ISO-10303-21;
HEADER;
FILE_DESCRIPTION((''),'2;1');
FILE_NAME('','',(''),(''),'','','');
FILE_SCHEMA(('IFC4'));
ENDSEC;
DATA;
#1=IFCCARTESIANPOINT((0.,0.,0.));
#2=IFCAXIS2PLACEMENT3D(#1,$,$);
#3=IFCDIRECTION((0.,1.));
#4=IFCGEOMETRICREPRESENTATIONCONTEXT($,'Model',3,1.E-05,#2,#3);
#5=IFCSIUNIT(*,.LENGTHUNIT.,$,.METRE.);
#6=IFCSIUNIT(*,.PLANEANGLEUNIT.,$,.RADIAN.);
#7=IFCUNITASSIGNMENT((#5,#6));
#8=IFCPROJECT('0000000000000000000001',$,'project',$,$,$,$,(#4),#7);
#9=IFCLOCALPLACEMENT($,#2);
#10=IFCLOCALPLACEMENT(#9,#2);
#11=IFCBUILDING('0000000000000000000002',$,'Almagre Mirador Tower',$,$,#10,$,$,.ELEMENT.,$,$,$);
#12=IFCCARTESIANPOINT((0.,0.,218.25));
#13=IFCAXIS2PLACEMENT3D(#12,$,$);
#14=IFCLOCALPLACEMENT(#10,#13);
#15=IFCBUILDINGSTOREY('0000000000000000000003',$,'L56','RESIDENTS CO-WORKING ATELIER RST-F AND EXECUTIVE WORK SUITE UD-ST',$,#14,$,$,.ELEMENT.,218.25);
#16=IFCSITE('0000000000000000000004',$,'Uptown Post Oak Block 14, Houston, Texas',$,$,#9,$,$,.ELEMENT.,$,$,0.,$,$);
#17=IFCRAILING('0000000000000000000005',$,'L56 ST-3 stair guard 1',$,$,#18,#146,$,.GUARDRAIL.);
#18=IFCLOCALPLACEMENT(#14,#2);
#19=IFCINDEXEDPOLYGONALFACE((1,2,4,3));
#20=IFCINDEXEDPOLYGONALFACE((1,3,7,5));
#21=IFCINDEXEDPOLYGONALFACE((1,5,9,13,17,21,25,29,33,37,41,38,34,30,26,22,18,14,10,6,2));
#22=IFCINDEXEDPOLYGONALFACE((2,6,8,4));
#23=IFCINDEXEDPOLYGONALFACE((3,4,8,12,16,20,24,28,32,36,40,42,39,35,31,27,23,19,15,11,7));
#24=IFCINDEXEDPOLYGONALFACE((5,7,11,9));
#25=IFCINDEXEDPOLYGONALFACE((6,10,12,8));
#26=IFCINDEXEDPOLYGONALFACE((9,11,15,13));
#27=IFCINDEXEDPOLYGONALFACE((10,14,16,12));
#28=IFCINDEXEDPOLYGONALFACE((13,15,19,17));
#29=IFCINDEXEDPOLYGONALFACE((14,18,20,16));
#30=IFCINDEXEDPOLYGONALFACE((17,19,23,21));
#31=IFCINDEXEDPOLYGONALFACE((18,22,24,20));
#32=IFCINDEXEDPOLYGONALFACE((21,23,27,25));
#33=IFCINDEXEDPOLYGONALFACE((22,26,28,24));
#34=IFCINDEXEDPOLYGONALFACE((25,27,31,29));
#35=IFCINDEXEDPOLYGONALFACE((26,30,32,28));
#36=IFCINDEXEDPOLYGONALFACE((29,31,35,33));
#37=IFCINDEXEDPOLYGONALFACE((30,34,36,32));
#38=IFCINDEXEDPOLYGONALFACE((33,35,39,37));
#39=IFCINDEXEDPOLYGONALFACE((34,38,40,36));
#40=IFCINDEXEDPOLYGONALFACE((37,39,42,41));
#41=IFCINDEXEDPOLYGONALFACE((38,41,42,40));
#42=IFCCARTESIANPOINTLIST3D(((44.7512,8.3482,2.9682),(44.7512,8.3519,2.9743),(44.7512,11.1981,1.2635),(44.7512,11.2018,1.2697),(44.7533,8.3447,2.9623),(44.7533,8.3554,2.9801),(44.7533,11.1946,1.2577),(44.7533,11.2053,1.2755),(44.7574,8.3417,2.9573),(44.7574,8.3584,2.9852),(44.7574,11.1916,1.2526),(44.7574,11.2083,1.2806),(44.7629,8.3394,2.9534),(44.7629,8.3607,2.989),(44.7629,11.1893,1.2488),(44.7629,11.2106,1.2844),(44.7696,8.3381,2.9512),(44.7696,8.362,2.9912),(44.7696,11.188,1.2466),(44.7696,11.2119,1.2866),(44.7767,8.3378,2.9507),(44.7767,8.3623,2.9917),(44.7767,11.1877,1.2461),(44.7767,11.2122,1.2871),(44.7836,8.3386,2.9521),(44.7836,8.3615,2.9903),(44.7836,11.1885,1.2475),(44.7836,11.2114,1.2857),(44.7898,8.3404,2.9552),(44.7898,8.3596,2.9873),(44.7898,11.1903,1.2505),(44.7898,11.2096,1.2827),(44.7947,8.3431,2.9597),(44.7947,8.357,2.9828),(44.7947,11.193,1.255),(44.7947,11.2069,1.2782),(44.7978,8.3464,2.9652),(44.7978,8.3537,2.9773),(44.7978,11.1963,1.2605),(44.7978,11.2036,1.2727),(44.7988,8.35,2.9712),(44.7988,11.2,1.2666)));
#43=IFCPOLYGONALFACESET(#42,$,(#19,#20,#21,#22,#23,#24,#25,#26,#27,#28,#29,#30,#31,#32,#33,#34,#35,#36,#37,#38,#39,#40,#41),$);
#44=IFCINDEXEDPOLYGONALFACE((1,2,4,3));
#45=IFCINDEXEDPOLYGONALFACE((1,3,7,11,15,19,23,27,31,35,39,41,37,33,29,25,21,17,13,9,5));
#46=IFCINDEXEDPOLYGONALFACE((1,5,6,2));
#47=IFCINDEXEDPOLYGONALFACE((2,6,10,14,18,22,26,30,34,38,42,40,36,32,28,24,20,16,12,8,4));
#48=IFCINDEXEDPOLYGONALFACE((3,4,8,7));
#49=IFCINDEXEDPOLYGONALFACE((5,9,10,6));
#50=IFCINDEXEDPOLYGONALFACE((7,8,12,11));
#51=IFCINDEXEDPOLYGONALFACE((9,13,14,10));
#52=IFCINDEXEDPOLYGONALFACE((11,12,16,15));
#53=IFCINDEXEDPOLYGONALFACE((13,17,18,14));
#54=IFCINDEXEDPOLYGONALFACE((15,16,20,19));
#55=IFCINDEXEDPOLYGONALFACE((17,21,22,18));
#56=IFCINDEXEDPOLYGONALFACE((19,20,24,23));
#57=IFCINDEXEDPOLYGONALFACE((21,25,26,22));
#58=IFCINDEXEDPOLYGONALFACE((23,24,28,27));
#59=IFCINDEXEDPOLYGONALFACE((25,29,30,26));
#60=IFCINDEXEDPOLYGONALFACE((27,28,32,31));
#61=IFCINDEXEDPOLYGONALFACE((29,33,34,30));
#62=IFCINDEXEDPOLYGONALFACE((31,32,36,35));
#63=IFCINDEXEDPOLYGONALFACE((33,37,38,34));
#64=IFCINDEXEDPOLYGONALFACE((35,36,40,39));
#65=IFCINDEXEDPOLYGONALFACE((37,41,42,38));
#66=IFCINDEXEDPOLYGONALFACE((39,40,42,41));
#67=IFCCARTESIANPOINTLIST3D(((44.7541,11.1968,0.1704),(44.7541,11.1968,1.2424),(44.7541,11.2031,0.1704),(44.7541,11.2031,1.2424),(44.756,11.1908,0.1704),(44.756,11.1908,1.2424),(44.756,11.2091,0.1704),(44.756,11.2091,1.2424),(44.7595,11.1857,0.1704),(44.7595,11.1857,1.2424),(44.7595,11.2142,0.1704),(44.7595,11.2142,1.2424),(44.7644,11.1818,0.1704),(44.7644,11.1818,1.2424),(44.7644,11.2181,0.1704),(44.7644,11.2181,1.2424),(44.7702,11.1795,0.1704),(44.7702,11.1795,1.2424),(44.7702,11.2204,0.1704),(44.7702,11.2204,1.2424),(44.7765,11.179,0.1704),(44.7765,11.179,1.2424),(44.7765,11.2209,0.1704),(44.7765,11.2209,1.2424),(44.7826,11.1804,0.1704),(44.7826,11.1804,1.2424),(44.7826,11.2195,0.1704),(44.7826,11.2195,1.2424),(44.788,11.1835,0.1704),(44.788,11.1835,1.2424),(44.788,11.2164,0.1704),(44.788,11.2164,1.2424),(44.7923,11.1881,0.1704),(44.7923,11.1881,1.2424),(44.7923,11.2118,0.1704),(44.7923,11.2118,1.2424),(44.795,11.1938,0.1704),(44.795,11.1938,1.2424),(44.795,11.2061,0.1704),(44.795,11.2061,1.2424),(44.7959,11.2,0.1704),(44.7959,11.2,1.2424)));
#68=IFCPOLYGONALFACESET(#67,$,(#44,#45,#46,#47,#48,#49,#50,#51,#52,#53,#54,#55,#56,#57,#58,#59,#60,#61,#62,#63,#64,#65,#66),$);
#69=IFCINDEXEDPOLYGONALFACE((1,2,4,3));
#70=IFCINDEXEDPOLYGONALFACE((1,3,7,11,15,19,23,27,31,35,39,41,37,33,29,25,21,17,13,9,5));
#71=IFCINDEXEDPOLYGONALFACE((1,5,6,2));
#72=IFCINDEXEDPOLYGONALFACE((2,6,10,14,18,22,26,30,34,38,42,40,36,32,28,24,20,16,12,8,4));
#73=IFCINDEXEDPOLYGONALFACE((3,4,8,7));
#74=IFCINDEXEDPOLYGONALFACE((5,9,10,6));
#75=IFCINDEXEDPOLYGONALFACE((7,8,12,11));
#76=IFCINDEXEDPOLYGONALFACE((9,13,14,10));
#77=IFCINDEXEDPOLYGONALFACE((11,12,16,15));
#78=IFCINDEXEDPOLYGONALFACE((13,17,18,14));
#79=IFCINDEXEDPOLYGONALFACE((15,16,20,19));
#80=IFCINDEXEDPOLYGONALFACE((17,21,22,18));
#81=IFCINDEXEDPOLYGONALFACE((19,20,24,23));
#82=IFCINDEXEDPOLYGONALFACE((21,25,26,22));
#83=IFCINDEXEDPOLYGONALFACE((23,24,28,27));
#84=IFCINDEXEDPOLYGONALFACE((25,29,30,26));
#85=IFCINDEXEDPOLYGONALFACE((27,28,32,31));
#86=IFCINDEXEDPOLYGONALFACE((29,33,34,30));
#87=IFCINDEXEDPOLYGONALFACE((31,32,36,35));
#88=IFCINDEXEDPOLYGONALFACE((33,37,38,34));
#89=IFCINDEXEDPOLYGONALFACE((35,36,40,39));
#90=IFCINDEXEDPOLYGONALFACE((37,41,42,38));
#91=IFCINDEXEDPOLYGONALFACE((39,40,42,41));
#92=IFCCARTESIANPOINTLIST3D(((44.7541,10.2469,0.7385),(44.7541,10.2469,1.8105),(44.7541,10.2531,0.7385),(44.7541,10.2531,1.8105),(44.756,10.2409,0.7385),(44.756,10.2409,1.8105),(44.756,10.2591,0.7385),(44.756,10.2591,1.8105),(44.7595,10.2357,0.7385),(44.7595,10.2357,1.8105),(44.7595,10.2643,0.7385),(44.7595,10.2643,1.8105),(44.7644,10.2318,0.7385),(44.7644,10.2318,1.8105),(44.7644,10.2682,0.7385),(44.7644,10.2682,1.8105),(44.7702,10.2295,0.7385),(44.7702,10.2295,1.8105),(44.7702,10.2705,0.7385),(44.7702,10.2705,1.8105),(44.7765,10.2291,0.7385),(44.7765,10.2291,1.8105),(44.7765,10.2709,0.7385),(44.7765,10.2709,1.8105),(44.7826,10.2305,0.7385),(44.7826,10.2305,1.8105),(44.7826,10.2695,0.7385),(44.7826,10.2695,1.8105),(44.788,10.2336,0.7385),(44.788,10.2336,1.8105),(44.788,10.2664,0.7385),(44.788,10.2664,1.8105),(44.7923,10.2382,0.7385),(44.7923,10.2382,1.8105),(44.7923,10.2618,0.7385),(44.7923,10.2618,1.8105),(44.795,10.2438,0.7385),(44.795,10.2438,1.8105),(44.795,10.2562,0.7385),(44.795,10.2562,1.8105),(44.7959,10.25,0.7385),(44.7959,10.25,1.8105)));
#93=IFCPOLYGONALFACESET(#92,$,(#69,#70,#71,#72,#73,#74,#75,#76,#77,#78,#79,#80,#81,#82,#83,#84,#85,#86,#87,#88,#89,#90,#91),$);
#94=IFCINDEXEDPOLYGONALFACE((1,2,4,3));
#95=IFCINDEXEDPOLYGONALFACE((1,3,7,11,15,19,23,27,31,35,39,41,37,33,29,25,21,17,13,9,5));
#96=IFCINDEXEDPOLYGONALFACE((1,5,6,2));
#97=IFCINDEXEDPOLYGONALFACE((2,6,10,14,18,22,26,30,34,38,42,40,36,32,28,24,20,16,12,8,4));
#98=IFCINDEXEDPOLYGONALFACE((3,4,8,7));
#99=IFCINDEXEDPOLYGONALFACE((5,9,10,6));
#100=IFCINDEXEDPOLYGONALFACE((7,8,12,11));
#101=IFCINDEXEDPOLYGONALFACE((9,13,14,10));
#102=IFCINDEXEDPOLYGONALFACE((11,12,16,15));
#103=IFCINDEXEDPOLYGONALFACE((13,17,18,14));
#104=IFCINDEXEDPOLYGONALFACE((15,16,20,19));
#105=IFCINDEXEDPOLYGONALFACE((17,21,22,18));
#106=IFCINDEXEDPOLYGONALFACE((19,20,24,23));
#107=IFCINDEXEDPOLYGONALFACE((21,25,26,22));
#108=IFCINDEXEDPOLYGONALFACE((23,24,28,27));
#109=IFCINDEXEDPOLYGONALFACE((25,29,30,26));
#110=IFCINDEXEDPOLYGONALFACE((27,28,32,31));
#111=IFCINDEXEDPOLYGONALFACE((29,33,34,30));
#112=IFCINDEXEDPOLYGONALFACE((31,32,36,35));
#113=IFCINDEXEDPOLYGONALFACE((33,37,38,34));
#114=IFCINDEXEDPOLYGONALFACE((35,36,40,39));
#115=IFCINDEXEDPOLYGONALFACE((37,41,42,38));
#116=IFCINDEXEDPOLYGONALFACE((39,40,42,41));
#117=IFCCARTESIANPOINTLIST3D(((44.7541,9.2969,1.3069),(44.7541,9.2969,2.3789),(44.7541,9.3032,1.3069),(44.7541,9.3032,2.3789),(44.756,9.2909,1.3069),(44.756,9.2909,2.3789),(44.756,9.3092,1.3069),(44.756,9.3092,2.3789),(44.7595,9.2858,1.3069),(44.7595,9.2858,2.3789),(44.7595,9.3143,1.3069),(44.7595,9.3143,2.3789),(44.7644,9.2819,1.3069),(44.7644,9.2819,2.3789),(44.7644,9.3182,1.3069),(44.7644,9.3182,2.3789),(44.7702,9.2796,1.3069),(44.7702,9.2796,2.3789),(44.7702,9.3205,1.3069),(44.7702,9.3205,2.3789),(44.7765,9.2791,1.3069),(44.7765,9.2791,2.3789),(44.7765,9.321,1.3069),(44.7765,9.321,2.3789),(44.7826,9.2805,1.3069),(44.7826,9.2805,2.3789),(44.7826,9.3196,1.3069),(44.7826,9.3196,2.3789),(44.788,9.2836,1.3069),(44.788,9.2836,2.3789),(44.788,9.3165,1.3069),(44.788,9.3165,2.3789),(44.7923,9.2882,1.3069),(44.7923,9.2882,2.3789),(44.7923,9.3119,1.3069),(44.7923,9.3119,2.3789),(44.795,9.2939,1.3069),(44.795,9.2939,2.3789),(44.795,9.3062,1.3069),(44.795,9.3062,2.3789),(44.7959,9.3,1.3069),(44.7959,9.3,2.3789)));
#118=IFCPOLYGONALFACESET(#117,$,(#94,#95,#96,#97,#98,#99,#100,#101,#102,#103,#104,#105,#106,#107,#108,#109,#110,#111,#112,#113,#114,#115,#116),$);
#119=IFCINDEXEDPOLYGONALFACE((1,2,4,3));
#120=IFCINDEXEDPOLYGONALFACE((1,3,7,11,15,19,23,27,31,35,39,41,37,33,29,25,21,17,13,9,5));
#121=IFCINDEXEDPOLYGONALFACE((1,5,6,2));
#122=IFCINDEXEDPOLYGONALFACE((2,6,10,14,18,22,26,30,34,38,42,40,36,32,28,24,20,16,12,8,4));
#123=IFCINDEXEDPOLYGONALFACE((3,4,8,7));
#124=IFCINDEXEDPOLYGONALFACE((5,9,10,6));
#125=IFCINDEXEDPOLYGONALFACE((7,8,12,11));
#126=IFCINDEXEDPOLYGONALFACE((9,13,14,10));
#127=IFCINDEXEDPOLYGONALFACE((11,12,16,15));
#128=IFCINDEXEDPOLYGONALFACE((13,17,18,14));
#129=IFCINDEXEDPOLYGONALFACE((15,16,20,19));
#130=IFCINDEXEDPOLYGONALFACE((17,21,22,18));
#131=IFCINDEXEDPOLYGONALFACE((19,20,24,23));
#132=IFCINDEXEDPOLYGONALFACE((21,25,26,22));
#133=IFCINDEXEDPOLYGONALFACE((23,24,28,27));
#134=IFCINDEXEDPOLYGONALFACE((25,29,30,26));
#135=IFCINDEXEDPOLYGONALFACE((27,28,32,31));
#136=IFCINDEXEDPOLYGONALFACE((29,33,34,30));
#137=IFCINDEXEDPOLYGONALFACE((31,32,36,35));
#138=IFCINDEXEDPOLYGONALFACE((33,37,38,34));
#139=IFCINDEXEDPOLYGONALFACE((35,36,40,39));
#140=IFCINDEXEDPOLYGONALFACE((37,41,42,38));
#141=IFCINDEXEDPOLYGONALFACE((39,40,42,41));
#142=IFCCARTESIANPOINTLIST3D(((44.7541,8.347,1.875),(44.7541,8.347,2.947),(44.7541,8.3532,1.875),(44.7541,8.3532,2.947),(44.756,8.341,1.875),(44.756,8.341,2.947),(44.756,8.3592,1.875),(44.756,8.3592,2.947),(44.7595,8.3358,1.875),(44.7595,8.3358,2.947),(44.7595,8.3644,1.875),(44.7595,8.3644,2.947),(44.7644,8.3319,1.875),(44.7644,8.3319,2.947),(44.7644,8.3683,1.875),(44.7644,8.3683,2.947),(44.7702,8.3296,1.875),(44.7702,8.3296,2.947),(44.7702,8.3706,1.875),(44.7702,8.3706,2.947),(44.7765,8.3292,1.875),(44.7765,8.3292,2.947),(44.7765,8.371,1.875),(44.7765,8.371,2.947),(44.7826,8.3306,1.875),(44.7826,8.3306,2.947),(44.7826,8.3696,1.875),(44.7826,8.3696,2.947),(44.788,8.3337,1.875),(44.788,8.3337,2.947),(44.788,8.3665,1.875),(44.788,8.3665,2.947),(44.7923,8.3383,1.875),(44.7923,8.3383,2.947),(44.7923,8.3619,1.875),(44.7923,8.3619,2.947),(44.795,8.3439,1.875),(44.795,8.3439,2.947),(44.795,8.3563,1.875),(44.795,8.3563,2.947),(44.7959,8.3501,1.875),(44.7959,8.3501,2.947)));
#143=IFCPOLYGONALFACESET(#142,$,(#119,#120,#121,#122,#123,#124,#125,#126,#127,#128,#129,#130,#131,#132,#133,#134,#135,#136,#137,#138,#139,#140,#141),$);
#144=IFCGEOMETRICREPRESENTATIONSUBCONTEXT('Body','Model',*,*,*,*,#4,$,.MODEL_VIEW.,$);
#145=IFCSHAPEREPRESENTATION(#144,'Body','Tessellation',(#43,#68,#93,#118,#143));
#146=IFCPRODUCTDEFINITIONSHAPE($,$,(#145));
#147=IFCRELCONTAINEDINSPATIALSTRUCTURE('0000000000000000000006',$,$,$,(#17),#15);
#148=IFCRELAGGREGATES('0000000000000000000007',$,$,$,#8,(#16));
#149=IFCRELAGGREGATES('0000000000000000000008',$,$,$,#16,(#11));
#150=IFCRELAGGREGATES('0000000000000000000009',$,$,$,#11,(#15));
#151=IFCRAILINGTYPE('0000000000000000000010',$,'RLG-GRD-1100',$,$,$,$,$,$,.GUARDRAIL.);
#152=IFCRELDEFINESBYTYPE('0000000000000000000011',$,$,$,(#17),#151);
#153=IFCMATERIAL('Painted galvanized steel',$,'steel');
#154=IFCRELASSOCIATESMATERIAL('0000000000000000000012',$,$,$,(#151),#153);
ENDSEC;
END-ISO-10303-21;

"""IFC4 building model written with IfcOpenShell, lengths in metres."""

from ifc_helpers import new_model, si_unit, direction, frame, origin, origin_2d, place, context, subcontext, project, spatial, circle, extrude, material, type_object, element, save


model = new_model("IFC4")

# Units and contexts
model_context = context("Model", 3, precision=1e-05, world=origin(), true_north=direction((0.0, 1.0)))
body_context = subcontext(model_context, "Body", "Model", "MODEL_VIEW")
ifc_project = project(units=[si_unit("LENGTHUNIT", "METRE"), si_unit("PLANEANGLEUNIT", "RADIAN")], contexts=[model_context])

# Site, building, storey
site_placement = place(None, origin())
site = spatial("IfcSite", under=ifc_project, at=site_placement, Name="Uptown Post Oak Block 14, Houston, Texas", CompositionType="ELEMENT", RefElevation=0.0)
building_placement = place(site_placement, origin())
building = spatial("IfcBuilding", under=site, at=building_placement, Name="Almagre Mirador Tower", CompositionType="ELEMENT")
storey_placement = place(building_placement, frame((0.0, 0.0, 218.25)))
storey = spatial("IfcBuildingStorey", under=building, at=storey_placement, Name="L56", Description="RESIDENTS CO-WORKING ATELIER RST-F AND EXECUTIVE WORK SUITE UD-ST", CompositionType="ELEMENT", Elevation=218.25)

# Railing
ifc_material_1 = material(Name="Painted galvanized steel", Category="steel")
railing_type_1 = type_object("IfcRailingType", Name="RLG-GRD-1100", PredefinedType="GUARDRAIL", material=ifc_material_1)
railing_1_placement = place(storey_placement, frame((44.7749, 11.2, 0.1704)))
element("IfcRailing", 1, at=railing_1_placement, inside=storey, type_object=railing_type_1, Name="L56 ST-3 stair guard 1", PredefinedType="GUARDRAIL", context=body_context, shape_type="SweptSolid", body=[
    extrude(circle(Radius=0.0239, at=origin_2d()), frame((0.0, 0.0, 1.0962), z_axis=(0.0, -0.858199, 0.513317), x_axis=(1.0, 0.0, 0.0)), (0.0, 0.0, 1.0), 3.3208),
    extrude(circle(Radius=0.021, at=origin_2d()), origin(), (0.0, 0.0, 1.0), 1.072),
    extrude(circle(Radius=0.021, at=origin_2d()), frame((0.0, -0.95, 0.5681)), (0.0, 0.0, 1.0), 1.072),
    extrude(circle(Radius=0.021, at=origin_2d()), frame((0.0, -1.8999, 1.1365)), (0.0, 0.0, 1.0), 1.072),
    extrude(circle(Radius=0.021, at=origin_2d()), frame((0.0, -2.8499, 1.7046)), (0.0, 0.0, 1.0), 1.072),
])

save(model, "model.ifc")
